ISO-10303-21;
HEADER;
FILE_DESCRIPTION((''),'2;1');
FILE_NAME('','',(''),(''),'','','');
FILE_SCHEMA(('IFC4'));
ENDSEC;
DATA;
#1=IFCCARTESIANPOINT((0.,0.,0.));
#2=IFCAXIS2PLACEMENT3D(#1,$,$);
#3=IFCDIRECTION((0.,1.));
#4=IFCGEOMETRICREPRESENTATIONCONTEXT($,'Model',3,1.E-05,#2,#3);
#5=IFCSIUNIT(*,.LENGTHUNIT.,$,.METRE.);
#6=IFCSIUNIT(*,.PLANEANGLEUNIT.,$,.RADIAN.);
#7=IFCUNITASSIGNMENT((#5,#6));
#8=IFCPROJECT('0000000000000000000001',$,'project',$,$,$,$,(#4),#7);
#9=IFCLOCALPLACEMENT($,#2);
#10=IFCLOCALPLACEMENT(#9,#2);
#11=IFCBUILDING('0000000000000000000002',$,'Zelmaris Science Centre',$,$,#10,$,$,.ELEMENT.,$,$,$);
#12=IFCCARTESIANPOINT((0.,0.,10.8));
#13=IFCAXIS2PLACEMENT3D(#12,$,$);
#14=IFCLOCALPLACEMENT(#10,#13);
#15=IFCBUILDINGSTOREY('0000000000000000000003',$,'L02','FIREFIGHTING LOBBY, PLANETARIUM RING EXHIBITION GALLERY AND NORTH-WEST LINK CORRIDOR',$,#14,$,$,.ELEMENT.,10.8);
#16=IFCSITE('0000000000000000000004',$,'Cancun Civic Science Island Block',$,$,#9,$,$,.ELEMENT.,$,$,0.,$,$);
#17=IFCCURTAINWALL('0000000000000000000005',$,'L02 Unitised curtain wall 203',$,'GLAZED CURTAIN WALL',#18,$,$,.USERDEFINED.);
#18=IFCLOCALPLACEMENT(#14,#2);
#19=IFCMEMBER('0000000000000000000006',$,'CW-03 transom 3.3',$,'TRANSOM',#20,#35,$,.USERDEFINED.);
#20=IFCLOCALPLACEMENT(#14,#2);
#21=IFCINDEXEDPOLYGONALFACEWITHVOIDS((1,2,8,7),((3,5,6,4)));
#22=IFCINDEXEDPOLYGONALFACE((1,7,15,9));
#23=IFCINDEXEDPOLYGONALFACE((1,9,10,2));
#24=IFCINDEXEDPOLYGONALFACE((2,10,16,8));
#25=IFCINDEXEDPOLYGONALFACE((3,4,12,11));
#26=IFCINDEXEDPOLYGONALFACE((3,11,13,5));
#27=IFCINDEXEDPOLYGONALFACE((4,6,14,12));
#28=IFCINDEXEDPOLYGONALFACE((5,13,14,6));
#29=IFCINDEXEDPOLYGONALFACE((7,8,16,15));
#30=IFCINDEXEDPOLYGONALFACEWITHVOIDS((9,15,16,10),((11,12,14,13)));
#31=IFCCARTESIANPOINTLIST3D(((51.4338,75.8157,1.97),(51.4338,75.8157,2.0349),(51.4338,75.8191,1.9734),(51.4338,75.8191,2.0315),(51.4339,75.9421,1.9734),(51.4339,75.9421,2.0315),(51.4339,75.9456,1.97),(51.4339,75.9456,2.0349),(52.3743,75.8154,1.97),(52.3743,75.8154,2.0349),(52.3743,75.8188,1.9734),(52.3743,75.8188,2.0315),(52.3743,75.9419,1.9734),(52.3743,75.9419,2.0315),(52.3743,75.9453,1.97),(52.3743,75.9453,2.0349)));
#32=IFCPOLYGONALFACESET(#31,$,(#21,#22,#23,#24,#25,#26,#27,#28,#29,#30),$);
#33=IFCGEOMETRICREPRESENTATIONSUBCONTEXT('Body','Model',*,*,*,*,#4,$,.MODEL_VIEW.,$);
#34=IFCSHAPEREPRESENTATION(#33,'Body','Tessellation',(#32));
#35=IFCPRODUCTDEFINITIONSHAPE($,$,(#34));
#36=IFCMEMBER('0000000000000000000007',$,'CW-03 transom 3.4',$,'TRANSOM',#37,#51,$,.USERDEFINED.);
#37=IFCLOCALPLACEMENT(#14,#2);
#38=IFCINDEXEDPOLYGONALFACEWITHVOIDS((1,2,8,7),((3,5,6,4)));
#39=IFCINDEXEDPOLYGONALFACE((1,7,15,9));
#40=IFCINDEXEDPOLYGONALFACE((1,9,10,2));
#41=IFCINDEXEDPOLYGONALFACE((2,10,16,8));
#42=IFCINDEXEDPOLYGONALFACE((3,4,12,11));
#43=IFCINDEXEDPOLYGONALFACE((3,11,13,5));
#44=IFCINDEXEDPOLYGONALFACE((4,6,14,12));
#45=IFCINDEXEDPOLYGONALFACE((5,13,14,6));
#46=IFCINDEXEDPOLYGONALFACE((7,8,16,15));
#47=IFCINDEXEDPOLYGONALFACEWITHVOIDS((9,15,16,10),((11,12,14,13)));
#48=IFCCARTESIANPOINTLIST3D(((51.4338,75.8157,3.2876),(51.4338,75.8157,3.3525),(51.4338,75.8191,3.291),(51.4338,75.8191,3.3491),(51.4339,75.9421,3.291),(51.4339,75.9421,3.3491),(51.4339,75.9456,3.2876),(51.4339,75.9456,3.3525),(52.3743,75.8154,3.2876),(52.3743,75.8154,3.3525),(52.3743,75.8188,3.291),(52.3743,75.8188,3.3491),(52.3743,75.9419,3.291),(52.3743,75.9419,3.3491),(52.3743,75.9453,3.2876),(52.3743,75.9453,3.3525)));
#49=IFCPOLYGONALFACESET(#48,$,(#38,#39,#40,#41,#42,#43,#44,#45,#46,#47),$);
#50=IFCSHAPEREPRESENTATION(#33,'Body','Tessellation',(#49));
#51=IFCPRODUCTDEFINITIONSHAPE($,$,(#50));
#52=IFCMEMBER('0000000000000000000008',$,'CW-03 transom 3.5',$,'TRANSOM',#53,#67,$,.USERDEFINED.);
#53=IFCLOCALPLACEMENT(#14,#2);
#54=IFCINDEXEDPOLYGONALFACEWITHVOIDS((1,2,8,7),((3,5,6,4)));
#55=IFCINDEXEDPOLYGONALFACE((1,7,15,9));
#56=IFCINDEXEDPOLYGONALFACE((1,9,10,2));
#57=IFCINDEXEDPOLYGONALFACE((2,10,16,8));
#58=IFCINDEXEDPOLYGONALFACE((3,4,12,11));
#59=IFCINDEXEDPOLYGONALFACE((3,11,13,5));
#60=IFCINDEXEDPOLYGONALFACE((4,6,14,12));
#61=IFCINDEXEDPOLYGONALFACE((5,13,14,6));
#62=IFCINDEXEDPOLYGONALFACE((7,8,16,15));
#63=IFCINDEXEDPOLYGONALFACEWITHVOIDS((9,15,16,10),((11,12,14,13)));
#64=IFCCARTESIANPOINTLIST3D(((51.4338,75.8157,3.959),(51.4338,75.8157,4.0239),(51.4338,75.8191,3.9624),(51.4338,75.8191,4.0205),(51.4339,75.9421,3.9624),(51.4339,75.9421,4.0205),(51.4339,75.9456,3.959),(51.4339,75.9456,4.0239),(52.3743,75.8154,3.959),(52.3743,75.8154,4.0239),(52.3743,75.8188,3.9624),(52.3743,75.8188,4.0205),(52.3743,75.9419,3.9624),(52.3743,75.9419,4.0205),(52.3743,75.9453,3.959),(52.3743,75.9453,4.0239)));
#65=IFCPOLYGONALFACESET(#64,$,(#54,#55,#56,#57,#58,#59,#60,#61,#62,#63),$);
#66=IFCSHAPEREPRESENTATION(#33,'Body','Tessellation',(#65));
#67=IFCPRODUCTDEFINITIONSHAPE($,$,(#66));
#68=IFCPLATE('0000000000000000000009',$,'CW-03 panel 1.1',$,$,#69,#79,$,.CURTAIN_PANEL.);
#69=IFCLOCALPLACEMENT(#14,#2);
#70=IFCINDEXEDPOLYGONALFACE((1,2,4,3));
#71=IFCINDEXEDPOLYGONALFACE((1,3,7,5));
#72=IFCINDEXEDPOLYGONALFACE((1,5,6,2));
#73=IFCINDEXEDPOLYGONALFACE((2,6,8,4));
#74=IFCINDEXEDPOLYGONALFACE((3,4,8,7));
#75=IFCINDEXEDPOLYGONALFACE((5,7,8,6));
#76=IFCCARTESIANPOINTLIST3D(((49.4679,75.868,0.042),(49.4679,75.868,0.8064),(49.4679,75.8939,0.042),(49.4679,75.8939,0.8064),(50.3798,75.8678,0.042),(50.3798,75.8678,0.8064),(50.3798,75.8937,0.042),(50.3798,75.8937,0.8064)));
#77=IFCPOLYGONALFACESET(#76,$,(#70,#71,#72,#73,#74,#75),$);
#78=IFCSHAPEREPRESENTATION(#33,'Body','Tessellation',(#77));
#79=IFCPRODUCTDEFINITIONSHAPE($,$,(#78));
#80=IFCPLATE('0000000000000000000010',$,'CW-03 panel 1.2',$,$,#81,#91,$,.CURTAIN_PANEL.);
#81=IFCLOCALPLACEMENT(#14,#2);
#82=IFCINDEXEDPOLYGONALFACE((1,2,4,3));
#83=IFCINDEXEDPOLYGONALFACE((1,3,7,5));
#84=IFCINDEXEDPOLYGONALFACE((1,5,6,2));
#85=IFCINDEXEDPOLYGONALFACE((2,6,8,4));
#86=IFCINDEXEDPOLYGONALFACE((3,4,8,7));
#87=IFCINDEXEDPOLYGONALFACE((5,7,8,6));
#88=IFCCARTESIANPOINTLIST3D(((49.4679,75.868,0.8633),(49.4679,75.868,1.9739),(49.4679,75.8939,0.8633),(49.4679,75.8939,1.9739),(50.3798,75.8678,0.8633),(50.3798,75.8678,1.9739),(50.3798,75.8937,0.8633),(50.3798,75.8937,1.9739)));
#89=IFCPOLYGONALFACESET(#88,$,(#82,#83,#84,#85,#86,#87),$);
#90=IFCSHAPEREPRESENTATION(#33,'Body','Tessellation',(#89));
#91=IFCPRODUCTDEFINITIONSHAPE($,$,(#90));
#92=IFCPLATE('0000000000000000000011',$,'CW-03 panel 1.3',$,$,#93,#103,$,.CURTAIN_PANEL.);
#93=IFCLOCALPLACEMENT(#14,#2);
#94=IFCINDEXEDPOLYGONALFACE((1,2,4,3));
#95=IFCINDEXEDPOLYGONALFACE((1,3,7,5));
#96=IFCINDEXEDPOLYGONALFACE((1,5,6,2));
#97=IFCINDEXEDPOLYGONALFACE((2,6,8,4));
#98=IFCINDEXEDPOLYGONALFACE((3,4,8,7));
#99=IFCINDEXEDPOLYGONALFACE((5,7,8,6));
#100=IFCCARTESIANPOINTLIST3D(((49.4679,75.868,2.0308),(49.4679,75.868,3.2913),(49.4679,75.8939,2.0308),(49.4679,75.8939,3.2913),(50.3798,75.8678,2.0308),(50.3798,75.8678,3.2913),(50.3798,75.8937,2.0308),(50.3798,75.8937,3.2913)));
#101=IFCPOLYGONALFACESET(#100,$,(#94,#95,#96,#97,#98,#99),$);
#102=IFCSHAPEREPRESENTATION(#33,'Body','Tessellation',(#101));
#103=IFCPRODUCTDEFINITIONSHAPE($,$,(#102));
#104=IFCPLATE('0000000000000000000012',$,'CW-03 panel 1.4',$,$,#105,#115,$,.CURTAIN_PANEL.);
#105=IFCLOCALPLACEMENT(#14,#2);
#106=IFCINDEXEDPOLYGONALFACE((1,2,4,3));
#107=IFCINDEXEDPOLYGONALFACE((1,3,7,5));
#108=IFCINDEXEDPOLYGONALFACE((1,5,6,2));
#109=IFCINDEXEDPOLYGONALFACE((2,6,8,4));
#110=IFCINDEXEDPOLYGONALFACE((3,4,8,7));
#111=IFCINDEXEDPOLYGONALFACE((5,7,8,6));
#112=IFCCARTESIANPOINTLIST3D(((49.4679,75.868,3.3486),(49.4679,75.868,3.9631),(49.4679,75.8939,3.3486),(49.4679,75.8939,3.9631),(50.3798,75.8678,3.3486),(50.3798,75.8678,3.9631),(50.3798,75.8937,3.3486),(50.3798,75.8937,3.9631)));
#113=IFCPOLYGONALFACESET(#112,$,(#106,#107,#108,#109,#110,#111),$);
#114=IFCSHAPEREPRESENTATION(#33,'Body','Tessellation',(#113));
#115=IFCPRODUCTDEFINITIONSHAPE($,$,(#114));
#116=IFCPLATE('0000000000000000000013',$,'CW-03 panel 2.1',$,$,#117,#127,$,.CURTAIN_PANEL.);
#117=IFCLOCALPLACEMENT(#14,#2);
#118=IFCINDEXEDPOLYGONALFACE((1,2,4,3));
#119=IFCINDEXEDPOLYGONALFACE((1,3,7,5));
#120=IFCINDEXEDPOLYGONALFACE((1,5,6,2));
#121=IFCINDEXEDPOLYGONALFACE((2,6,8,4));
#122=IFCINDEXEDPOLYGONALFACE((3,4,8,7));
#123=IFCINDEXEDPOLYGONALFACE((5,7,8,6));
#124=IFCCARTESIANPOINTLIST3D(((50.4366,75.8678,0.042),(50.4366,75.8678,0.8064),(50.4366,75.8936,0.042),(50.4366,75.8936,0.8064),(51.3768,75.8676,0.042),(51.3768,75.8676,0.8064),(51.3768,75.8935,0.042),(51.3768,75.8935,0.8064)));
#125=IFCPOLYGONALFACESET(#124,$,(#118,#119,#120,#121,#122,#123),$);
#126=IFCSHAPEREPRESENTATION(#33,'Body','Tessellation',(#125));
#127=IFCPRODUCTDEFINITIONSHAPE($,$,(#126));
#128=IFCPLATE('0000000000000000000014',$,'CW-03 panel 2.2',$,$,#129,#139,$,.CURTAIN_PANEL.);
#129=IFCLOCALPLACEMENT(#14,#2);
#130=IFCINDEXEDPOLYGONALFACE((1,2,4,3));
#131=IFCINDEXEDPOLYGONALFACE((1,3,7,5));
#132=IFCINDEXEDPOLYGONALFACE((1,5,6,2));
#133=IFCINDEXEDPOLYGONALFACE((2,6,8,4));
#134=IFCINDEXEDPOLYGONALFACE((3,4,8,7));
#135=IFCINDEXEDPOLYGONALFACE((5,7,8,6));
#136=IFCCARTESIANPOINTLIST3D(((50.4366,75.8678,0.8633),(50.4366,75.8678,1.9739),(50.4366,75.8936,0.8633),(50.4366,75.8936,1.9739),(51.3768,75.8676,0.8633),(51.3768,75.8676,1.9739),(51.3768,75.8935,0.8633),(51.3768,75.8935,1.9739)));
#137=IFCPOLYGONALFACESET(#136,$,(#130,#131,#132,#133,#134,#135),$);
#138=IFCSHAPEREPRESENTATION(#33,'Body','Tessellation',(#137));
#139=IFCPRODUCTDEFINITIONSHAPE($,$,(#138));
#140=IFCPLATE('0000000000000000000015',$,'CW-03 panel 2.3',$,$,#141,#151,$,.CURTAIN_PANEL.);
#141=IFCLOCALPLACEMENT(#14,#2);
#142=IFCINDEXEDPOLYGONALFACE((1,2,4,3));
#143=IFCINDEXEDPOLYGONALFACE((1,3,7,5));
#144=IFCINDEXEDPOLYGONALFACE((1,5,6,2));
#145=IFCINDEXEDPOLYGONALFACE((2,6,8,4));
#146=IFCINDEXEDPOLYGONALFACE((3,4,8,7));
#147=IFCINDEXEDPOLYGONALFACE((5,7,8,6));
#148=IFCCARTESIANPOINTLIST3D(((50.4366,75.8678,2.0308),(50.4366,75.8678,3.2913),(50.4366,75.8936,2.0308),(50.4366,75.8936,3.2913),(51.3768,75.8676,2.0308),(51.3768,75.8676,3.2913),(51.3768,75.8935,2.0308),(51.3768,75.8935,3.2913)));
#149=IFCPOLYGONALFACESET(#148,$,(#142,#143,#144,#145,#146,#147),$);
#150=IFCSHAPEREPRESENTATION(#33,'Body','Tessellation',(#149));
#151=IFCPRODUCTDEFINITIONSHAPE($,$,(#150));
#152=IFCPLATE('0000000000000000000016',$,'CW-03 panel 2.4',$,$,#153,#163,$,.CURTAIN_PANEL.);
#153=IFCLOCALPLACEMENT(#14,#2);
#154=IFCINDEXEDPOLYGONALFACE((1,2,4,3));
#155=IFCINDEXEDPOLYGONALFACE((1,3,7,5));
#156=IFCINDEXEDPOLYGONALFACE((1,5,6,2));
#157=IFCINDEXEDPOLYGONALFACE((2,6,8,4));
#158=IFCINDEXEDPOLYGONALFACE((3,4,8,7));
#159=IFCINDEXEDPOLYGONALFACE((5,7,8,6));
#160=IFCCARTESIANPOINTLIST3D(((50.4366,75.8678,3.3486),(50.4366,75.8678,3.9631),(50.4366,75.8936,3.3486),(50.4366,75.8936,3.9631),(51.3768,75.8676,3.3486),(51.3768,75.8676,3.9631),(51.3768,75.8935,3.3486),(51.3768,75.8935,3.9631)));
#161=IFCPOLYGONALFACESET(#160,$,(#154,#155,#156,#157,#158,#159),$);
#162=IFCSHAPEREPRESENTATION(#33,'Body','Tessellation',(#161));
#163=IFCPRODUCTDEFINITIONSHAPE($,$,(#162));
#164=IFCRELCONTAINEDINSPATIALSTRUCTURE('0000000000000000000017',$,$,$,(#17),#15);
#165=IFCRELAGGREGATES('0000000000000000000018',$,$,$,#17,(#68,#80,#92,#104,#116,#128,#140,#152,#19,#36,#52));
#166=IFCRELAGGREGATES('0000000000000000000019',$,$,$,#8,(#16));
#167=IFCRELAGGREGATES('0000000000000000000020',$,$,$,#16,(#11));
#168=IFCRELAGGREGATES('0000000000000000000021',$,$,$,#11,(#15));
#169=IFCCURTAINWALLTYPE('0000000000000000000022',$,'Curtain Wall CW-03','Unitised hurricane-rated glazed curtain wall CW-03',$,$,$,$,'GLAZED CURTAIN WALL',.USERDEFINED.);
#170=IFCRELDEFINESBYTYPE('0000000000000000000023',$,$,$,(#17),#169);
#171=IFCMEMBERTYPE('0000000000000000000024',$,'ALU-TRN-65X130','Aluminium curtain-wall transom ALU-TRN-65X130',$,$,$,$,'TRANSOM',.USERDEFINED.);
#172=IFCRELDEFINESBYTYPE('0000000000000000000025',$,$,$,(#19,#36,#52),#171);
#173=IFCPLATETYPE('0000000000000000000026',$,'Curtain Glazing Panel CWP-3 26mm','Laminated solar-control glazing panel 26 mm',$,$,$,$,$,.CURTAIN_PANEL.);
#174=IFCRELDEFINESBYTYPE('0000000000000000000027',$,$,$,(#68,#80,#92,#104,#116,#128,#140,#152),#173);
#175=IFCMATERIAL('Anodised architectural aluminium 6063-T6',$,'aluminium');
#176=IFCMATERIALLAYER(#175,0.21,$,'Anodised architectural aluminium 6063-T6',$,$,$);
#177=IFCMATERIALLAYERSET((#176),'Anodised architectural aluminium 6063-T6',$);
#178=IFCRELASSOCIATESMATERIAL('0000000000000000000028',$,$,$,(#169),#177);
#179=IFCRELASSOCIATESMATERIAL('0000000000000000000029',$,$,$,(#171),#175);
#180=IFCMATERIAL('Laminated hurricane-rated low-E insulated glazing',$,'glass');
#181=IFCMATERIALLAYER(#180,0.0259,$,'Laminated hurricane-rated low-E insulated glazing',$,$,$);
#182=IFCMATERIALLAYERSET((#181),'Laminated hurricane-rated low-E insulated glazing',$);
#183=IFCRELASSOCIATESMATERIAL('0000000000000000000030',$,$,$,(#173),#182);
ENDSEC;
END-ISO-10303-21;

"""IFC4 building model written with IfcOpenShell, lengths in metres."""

from ifc_helpers import new_model, si_unit, direction, frame, origin, origin_2d, place, context, subcontext, project, spatial, rectangle, hollow_rectangle, extrude, material, layer, layer_set, material_profile, profile_set, type_object, element, aggregate, save


model = new_model("IFC4")

# Units and contexts
model_context = context("Model", 3, precision=1e-05, world=origin(), true_north=direction((0.0, 1.0)))
body_context = subcontext(model_context, "Body", "Model", "MODEL_VIEW")
ifc_project = project(units=[si_unit("LENGTHUNIT", "METRE"), si_unit("PLANEANGLEUNIT", "RADIAN")], contexts=[model_context])

# Site, building, storey
site_placement = place(None, origin())
site = spatial("IfcSite", under=ifc_project, at=site_placement, Name="Cancun Civic Science Island Block", CompositionType="ELEMENT", RefElevation=0.0)
building_placement = place(site_placement, origin())
building = spatial("IfcBuilding", under=site, at=building_placement, Name="Zelmaris Science Centre", CompositionType="ELEMENT")
storey_placement = place(building_placement, frame((0.0, 0.0, 10.8)))
storey = spatial("IfcBuildingStorey", under=building, at=storey_placement, Name="L02", Description="FIREFIGHTING LOBBY, PLANETARIUM RING EXHIBITION GALLERY AND NORTH-WEST LINK CORRIDOR", CompositionType="ELEMENT", Elevation=10.8)

# Curtain wall, members, plates
ifc_material_1 = material(Name="Anodised architectural aluminium 6063-T6", Category="aluminium")
ifc_layer_1 = layer(ifc_material_1, 0.21, Name="Anodised architectural aluminium 6063-T6")
ifc_layer_set_1 = layer_set([ifc_layer_1], Name="Anodised architectural aluminium 6063-T6")
curtain_wall_type = type_object("IfcCurtainWallType", Name="Curtain Wall CW-03", Description="Unitised hurricane-rated glazed curtain wall CW-03", ElementType="GLAZED CURTAIN WALL", PredefinedType="USERDEFINED", material=ifc_layer_set_1)
curtain_wall_placement = place(storey_placement, origin())
curtain_wall = element("IfcCurtainWall", 1, at=curtain_wall_placement, inside=storey, type_object=curtain_wall_type, Name="L02 Unitised curtain wall 203", ObjectType="GLAZED CURTAIN WALL", PredefinedType="USERDEFINED")
ifc_material_profile_1 = material_profile(ifc_material_1, hollow_rectangle(XDim=0.0649, YDim=0.1299, WallThickness=0.0034, at=origin_2d()), Name="ALU-TRN-65X130")
ifc_profile_set_1 = profile_set([ifc_material_profile_1], Name="Anodised architectural aluminium 6063-T6")
member_type_1 = type_object("IfcMemberType", Name="ALU-TRN-65X130", Description="Aluminium curtain-wall transom ALU-TRN-65X130", ElementType="TRANSOM", PredefinedType="USERDEFINED", material=ifc_profile_set_1)
member_1_placement = place(storey_placement, frame((51.4338, 75.8806, 2.0024), z_axis=(1.0, -0.00026, 0.0), x_axis=(0.0, 0.0, 1.0)))
member_1 = element("IfcMember", 2, at=member_1_placement, type_object=member_type_1, Name="CW-03 transom 3.3", ObjectType="TRANSOM", PredefinedType="USERDEFINED", context=body_context, shape_type="SweptSolid", body=[
    extrude(hollow_rectangle(XDim=0.0649, YDim=0.1299, WallThickness=0.0034, at=origin_2d()), origin(), (0.0, 0.0, 1.0), 0.9404),
])
member_2_placement = place(storey_placement, frame((51.4338, 75.8806, 3.3201), z_axis=(1.0, -0.00026, 0.0), x_axis=(0.0, 0.0, 1.0)))
member_2 = element("IfcMember", 3, at=member_2_placement, type_object=member_type_1, Name="CW-03 transom 3.4", ObjectType="TRANSOM", PredefinedType="USERDEFINED", context=body_context, shape_type="SweptSolid", body=[
    extrude(hollow_rectangle(XDim=0.0649, YDim=0.1299, WallThickness=0.0034, at=origin_2d()), origin(), (0.0, 0.0, 1.0), 0.9404),
])
member_3_placement = place(storey_placement, frame((51.4338, 75.8806, 3.9915), z_axis=(1.0, -0.00026, 0.0), x_axis=(0.0, 0.0, 1.0)))
member_3 = element("IfcMember", 4, at=member_3_placement, type_object=member_type_1, Name="CW-03 transom 3.5", ObjectType="TRANSOM", PredefinedType="USERDEFINED", context=body_context, shape_type="SweptSolid", body=[
    extrude(hollow_rectangle(XDim=0.0649, YDim=0.1299, WallThickness=0.0034, at=origin_2d()), origin(), (0.0, 0.0, 1.0), 0.9404),
])
ifc_material_2 = material(Name="Laminated hurricane-rated low-E insulated glazing", Category="glass")
ifc_layer_2 = layer(ifc_material_2, 0.0259, Name="Laminated hurricane-rated low-E insulated glazing")
ifc_layer_set_2 = layer_set([ifc_layer_2], Name="Laminated hurricane-rated low-E insulated glazing")
plate_type = type_object("IfcPlateType", Name="Curtain Glazing Panel CWP-3 26mm", Description="Laminated solar-control glazing panel 26 mm", PredefinedType="CURTAIN_PANEL", material=ifc_layer_set_2)
plate_1_placement = place(storey_placement, frame((49.9238, 75.8809, 0.042), z_axis=(0.0, 0.0, 1.0), x_axis=(1.0, -0.000201, 0.0)))
plate_1 = element("IfcPlate", 5, at=plate_1_placement, type_object=plate_type, Name="CW-03 panel 1.1", PredefinedType="CURTAIN_PANEL", context=body_context, shape_type="SweptSolid", body=[
    extrude(rectangle(XDim=0.9119, YDim=0.0259, at=origin_2d()), origin(), (0.0, 0.0, 1.0), 0.7644),
])
plate_2_placement = place(storey_placement, frame((49.9238, 75.8809, 0.8633), z_axis=(0.0, 0.0, 1.0), x_axis=(1.0, -0.000201, 0.0)))
plate_2 = element("IfcPlate", 6, at=plate_2_placement, type_object=plate_type, Name="CW-03 panel 1.2", PredefinedType="CURTAIN_PANEL", context=body_context, shape_type="SweptSolid", body=[
    extrude(rectangle(XDim=0.9119, YDim=0.0259, at=origin_2d()), origin(), (0.0, 0.0, 1.0), 1.1106),
])
plate_3_placement = place(storey_placement, frame((49.9238, 75.8809, 2.0308), z_axis=(0.0, 0.0, 1.0), x_axis=(1.0, -0.000201, 0.0)))
plate_3 = element("IfcPlate", 7, at=plate_3_placement, type_object=plate_type, Name="CW-03 panel 1.3", PredefinedType="CURTAIN_PANEL", context=body_context, shape_type="SweptSolid", body=[
    extrude(rectangle(XDim=0.9119, YDim=0.0259, at=origin_2d()), origin(), (0.0, 0.0, 1.0), 1.2605),
])
plate_4_placement = place(storey_placement, frame((49.9238, 75.8809, 3.3486), z_axis=(0.0, 0.0, 1.0), x_axis=(1.0, -0.000201, 0.0)))
plate_4 = element("IfcPlate", 8, at=plate_4_placement, type_object=plate_type, Name="CW-03 panel 1.4", PredefinedType="CURTAIN_PANEL", context=body_context, shape_type="SweptSolid", body=[
    extrude(rectangle(XDim=0.9119, YDim=0.0259, at=origin_2d()), origin(), (0.0, 0.0, 1.0), 0.6145),
])
plate_5_placement = place(storey_placement, frame((50.9067, 75.8806, 0.042), z_axis=(0.0, 0.0, 1.0), x_axis=(1.0, -0.000201, 0.0)))
plate_5 = element("IfcPlate", 9, at=plate_5_placement, type_object=plate_type, Name="CW-03 panel 2.1", PredefinedType="CURTAIN_PANEL", context=body_context, shape_type="SweptSolid", body=[
    extrude(rectangle(XDim=0.9402, YDim=0.0259, at=origin_2d()), origin(), (0.0, 0.0, 1.0), 0.7644),
])
plate_6_placement = place(storey_placement, frame((50.9067, 75.8806, 0.8633), z_axis=(0.0, 0.0, 1.0), x_axis=(1.0, -0.000201, 0.0)))
plate_6 = element("IfcPlate", 10, at=plate_6_placement, type_object=plate_type, Name="CW-03 panel 2.2", PredefinedType="CURTAIN_PANEL", context=body_context, shape_type="SweptSolid", body=[
    extrude(rectangle(XDim=0.9402, YDim=0.0259, at=origin_2d()), origin(), (0.0, 0.0, 1.0), 1.1106),
])
plate_7_placement = place(storey_placement, frame((50.9067, 75.8806, 2.0308), z_axis=(0.0, 0.0, 1.0), x_axis=(1.0, -0.000201, 0.0)))
plate_7 = element("IfcPlate", 11, at=plate_7_placement, type_object=plate_type, Name="CW-03 panel 2.3", PredefinedType="CURTAIN_PANEL", context=body_context, shape_type="SweptSolid", body=[
    extrude(rectangle(XDim=0.9402, YDim=0.0259, at=origin_2d()), origin(), (0.0, 0.0, 1.0), 1.2605),
])
plate_8_placement = place(storey_placement, frame((50.9067, 75.8806, 3.3486), z_axis=(0.0, 0.0, 1.0), x_axis=(1.0, -0.000201, 0.0)))
plate_8 = element("IfcPlate", 12, at=plate_8_placement, type_object=plate_type, Name="CW-03 panel 2.4", PredefinedType="CURTAIN_PANEL", context=body_context, shape_type="SweptSolid", body=[
    extrude(rectangle(XDim=0.9402, YDim=0.0259, at=origin_2d()), origin(), (0.0, 0.0, 1.0), 0.6145),
])
aggregate(curtain_wall, [plate_1, plate_2, plate_3, plate_4, plate_5, plate_6, plate_7, plate_8, member_1, member_2, member_3])

save(model, "model.ifc")
